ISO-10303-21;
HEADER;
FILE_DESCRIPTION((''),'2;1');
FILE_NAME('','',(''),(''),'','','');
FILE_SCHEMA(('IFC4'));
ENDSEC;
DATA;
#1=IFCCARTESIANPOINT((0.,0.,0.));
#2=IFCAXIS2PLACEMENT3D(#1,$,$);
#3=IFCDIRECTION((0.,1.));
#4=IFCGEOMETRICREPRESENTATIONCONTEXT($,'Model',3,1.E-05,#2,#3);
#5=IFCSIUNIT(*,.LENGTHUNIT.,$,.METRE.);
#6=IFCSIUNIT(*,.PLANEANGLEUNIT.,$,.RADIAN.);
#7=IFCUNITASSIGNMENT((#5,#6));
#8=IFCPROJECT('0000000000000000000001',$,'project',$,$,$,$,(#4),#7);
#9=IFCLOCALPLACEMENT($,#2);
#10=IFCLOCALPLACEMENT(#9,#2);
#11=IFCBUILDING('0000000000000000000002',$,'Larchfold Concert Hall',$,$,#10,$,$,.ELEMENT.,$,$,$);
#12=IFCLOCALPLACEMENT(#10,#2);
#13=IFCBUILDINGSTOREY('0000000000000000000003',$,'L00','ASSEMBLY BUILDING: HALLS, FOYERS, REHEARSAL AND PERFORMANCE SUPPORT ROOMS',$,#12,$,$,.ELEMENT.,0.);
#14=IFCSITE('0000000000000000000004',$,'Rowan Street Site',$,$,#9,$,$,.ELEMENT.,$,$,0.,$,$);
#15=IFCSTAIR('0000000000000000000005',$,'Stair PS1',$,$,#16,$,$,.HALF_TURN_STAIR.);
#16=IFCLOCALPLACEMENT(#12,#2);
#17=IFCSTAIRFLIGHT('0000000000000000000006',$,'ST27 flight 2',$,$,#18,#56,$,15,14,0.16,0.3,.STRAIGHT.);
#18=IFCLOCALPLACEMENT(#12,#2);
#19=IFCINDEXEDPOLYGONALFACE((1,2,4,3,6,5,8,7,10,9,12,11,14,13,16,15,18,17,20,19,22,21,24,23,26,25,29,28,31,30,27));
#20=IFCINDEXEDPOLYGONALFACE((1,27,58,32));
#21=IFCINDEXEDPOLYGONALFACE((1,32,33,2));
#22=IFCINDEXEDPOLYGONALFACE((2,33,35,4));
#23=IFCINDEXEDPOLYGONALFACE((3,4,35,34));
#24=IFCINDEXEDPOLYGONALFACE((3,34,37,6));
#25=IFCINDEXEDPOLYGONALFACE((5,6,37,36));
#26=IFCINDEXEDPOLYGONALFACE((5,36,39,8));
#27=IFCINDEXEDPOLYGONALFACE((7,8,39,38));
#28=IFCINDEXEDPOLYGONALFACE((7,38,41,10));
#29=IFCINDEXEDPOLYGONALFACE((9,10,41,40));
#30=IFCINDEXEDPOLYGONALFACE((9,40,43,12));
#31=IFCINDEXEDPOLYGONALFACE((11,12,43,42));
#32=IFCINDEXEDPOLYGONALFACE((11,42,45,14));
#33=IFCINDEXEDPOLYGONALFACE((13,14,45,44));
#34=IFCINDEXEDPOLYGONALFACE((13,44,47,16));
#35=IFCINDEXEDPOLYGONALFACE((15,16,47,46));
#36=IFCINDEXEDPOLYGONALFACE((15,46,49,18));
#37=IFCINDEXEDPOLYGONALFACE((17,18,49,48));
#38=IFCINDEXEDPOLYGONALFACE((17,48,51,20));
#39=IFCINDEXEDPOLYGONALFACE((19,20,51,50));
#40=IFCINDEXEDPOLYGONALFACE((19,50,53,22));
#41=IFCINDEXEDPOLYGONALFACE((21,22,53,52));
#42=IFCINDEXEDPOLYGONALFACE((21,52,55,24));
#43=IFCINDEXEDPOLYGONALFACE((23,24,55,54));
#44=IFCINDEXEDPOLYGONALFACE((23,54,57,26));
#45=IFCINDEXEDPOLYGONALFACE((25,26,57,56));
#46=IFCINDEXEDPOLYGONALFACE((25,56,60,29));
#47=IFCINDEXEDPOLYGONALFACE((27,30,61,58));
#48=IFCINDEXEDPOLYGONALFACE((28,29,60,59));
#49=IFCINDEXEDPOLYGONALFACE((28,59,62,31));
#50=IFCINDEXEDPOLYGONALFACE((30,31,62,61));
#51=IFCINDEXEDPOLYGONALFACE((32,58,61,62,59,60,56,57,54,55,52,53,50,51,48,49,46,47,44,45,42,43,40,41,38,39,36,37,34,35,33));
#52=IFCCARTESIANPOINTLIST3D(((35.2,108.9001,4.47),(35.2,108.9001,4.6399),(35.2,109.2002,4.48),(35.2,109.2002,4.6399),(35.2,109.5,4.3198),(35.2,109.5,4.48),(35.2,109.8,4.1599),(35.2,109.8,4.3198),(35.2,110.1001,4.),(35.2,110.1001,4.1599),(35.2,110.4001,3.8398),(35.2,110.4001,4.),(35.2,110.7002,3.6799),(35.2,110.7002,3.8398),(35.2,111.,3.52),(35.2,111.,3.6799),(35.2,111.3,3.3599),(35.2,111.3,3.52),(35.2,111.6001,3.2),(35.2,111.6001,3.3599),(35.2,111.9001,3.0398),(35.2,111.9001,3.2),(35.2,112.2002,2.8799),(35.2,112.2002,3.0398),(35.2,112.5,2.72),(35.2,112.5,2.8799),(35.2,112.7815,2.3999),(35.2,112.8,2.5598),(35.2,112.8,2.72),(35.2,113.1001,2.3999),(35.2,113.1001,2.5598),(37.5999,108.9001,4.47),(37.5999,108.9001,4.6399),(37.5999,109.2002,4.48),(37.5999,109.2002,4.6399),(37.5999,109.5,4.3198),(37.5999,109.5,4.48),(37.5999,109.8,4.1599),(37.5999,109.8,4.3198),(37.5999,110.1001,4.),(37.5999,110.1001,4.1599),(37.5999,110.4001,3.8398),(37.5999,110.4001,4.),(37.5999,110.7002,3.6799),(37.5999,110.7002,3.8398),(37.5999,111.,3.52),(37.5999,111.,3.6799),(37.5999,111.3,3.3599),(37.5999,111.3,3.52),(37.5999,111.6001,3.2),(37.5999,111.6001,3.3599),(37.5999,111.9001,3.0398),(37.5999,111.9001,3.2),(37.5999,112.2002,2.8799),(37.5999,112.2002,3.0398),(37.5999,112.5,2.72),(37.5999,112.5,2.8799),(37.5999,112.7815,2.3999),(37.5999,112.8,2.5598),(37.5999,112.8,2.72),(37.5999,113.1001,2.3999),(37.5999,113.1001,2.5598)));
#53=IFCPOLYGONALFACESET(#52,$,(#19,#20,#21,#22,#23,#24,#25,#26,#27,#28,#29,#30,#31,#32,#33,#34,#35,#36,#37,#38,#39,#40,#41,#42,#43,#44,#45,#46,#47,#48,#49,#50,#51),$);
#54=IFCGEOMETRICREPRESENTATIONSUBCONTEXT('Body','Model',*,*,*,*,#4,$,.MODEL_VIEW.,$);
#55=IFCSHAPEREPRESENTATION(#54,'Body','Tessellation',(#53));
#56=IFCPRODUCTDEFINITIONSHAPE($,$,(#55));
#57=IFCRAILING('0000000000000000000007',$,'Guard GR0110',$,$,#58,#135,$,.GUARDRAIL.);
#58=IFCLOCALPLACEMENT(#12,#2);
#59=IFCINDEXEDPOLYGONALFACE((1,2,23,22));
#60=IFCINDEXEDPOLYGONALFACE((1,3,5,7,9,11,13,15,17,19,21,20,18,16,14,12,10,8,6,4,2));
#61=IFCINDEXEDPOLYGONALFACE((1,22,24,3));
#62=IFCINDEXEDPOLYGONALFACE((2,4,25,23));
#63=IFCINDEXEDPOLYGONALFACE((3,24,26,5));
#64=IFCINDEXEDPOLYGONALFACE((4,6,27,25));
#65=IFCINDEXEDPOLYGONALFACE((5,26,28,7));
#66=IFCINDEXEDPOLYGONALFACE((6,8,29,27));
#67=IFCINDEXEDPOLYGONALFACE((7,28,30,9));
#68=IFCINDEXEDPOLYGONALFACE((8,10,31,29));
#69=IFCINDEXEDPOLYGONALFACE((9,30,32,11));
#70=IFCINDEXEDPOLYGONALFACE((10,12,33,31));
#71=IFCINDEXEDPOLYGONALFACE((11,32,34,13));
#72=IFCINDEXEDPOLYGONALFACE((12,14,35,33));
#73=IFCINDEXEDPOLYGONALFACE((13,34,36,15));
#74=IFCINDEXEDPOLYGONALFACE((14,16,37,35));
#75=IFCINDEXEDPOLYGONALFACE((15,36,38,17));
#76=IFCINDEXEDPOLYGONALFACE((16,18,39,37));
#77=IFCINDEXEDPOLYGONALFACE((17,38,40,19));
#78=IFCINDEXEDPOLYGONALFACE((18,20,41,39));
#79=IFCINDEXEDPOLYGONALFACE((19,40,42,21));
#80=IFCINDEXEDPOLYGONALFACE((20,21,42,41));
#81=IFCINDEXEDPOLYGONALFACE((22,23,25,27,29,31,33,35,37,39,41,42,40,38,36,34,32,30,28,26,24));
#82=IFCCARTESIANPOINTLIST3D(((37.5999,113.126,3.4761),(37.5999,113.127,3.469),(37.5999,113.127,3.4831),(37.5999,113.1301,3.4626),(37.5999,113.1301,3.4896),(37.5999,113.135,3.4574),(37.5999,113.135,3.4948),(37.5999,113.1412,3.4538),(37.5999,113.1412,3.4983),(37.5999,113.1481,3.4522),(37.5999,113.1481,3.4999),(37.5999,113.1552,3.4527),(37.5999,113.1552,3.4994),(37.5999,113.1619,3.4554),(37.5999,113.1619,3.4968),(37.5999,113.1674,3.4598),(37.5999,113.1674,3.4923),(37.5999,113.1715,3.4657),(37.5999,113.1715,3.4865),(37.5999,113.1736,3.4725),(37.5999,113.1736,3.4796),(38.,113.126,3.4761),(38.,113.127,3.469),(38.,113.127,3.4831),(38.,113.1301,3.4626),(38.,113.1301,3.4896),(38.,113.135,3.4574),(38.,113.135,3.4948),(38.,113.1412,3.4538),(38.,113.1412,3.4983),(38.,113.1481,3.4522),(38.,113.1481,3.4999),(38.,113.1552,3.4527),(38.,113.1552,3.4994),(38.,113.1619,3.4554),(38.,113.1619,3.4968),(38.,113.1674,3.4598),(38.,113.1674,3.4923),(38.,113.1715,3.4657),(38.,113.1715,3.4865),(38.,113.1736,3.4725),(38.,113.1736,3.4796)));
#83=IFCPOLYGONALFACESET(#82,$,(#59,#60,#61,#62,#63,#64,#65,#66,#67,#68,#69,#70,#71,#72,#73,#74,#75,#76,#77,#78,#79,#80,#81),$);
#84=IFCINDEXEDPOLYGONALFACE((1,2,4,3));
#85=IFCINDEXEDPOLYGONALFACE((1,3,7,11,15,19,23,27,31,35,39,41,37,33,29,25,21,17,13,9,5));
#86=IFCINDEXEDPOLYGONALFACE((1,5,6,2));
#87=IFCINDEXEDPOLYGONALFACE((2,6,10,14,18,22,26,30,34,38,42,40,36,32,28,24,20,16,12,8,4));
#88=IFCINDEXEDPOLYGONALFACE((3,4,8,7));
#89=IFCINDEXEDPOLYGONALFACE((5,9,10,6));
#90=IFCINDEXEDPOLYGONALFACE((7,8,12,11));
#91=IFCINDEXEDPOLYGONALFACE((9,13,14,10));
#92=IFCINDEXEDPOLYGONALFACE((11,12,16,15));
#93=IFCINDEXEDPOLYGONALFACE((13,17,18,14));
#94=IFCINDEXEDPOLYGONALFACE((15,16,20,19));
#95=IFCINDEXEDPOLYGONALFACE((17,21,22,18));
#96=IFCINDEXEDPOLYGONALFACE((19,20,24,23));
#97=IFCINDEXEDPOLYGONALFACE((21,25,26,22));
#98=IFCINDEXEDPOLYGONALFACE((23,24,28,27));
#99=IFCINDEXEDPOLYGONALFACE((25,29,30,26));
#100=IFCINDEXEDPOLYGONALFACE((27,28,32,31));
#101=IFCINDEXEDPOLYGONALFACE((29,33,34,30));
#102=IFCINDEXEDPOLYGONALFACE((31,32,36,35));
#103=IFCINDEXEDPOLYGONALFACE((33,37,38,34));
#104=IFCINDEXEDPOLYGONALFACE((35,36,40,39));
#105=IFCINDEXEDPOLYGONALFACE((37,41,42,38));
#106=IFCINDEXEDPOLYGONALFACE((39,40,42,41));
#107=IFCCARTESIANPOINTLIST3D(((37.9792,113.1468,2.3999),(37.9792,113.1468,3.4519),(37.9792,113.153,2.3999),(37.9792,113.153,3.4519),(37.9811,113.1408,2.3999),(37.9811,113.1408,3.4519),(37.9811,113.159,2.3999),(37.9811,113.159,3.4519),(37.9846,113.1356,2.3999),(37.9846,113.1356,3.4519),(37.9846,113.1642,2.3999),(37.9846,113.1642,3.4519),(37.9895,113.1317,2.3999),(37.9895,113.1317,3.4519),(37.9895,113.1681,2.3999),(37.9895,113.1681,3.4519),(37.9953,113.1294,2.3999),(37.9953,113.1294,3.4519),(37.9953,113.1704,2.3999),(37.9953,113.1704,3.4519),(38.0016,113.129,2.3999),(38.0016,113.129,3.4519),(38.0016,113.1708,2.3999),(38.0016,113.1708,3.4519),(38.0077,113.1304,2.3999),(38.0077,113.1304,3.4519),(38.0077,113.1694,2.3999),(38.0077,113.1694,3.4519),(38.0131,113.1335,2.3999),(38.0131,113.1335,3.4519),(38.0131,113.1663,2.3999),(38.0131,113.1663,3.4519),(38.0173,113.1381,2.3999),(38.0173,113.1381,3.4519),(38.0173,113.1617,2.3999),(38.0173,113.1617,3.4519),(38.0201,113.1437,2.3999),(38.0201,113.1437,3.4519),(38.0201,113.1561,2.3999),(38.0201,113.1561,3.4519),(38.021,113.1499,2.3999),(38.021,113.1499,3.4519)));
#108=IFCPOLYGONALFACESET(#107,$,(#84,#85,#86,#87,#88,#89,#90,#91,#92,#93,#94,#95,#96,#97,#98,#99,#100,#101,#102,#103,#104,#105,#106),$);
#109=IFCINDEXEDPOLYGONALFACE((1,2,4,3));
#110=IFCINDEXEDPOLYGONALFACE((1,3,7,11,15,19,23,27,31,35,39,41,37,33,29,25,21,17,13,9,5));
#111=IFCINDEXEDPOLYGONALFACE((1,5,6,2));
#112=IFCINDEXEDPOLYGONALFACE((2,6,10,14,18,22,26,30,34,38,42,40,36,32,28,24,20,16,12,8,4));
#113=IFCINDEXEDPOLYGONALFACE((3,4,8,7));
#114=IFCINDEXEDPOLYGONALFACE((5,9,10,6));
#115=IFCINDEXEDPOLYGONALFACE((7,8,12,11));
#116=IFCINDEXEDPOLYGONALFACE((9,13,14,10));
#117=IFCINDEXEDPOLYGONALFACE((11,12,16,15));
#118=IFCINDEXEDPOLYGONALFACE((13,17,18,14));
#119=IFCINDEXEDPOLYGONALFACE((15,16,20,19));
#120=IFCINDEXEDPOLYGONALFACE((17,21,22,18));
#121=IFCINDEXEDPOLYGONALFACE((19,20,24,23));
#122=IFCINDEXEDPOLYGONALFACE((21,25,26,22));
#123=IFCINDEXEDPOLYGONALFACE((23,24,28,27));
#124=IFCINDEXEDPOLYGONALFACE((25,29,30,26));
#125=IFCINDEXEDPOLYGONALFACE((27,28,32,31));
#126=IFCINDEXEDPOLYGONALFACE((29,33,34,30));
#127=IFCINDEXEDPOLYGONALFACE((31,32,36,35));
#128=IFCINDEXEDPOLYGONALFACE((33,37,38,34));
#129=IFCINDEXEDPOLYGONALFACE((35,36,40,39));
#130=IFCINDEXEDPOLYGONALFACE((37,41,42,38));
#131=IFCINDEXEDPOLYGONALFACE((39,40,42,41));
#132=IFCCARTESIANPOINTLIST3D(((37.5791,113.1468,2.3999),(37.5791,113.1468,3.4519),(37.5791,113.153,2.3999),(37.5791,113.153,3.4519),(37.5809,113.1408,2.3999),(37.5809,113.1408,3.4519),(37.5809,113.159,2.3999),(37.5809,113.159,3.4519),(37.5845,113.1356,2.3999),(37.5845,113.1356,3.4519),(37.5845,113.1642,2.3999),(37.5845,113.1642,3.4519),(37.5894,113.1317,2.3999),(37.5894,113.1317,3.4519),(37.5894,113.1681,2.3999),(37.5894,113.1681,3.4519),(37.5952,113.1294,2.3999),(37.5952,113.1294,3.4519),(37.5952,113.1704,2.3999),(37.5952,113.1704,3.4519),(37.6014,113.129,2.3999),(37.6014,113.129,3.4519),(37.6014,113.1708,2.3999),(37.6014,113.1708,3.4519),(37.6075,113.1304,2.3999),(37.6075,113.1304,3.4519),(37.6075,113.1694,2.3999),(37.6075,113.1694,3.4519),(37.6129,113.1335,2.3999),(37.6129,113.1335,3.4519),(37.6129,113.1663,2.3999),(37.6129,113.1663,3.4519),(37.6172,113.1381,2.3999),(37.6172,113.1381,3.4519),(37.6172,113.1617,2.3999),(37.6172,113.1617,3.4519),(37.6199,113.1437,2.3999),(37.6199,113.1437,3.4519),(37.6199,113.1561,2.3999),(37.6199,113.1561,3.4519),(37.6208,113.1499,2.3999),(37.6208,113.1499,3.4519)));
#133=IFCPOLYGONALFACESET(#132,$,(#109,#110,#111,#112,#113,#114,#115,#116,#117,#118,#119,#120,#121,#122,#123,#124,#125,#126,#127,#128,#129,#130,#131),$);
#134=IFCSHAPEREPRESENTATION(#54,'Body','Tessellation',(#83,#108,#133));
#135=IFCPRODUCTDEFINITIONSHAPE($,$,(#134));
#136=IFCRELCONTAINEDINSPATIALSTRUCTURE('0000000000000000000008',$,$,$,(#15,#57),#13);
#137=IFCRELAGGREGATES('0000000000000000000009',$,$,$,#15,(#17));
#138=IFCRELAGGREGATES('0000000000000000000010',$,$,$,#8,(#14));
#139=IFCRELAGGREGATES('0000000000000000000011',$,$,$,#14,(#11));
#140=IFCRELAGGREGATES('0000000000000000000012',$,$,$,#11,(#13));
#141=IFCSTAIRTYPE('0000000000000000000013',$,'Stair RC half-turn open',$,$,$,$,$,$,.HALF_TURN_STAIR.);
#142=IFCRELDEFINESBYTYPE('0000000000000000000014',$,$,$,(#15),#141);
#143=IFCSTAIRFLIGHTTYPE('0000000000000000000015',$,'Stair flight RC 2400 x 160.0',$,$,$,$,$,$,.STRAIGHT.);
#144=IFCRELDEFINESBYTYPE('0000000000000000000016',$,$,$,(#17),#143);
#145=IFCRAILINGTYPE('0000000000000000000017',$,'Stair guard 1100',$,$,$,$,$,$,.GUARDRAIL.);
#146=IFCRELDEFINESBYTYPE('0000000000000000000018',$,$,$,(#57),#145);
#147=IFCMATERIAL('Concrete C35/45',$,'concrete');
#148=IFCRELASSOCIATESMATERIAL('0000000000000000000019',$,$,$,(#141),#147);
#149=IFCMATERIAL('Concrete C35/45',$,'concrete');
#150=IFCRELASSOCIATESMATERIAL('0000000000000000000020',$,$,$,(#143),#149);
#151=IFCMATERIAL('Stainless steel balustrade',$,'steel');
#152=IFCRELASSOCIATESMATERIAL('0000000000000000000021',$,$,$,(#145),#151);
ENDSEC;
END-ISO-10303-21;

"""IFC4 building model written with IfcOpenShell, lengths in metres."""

from ifc_helpers import new_model, si_unit, direction, frame, origin, origin_2d, place, context, subcontext, project, spatial, polyline, circle, outline, extrude, material, type_object, element, aggregate, save


model = new_model("IFC4")

# Units and contexts
model_context = context("Model", 3, precision=1e-05, world=origin(), true_north=direction((0.0, 1.0)))
body_context = subcontext(model_context, "Body", "Model", "MODEL_VIEW")
ifc_project = project(units=[si_unit("LENGTHUNIT", "METRE"), si_unit("PLANEANGLEUNIT", "RADIAN")], contexts=[model_context])

# Site, building, storey
site_placement = place(None, origin())
site = spatial("IfcSite", under=ifc_project, at=site_placement, Name="Rowan Street Site", CompositionType="ELEMENT", RefElevation=0.0)
building_placement = place(site_placement, origin())
building = spatial("IfcBuilding", under=site, at=building_placement, Name="Larchfold Concert Hall", CompositionType="ELEMENT")
storey_placement = place(building_placement, origin())
storey = spatial("IfcBuildingStorey", under=building, at=storey_placement, Name="L00", Description="ASSEMBLY BUILDING: HALLS, FOYERS, REHEARSAL AND PERFORMANCE SUPPORT ROOMS", CompositionType="ELEMENT", Elevation=0.0)

# Stair, stair flight
ifc_material_1 = material(Name="Concrete C35/45", Category="concrete")
stair_type = type_object("IfcStairType", Name="Stair RC half-turn open", PredefinedType="HALF_TURN_STAIR", material=ifc_material_1)
stair_placement = place(storey_placement, origin())
stair = element("IfcStair", 1, at=stair_placement, inside=storey, type_object=stair_type, Name="Stair PS1", PredefinedType="HALF_TURN_STAIR")
ifc_material_2 = material(Name="Concrete C35/45", Category="concrete")
stair_flight_type = type_object("IfcStairFlightType", Name="Stair flight RC 2400 x 160.0", PredefinedType="STRAIGHT", material=ifc_material_2)
stair_flight_placement = place(storey_placement, frame((36.3999, 113.1001, 2.3999), z_axis=(0.0, 0.0, 1.0), x_axis=(0.0, -1.0, 0.0)))
stair_flight = element("IfcStairFlight", 2, at=stair_flight_placement, type_object=stair_flight_type, Name="ST27 flight 2", NumberOfRisers=15, NumberOfTreads=14, PredefinedType="STRAIGHT", RiserHeight=0.16, TreadLength=0.3, context=body_context, shape_type="SweptSolid", body=[
    extrude(outline(polyline([(0.0, 0.0), (0.0, 0.1599), (0.3, 0.1599), (0.3, 0.3201), (0.6001, 0.3201), (0.6001, 0.48), (0.8999, 0.48), (0.8999, 0.6399), (1.2, 0.6399), (1.2, 0.8), (1.5, 0.8), (1.5, 0.96), (1.8, 0.96), (1.8, 1.1201), (2.1001, 1.1201), (2.1001, 1.28), (2.3999, 1.28), (2.3999, 1.4399), (2.7, 1.4399), (2.7, 1.6001), (3.0, 1.6001), (3.0, 1.76), (3.3, 1.76), (3.3, 1.9199), (3.6001, 1.9199), (3.6001, 2.0801), (3.8999, 2.0801), (3.8999, 2.24), (4.2, 2.24), (4.2, 2.3999), (4.2, 2.0701), (0.3186, 0.0), (0.0, 0.0)])), frame((0.0, 1.2, 0.0), z_axis=(0.0, -1.0, 0.0), x_axis=(1.0, 0.0, 0.0)), (0.0, 0.0, 1.0), 2.3999),
])
aggregate(stair, [stair_flight])

# Railing
ifc_material_3 = material(Name="Stainless steel balustrade", Category="steel")
railing_type_1 = type_object("IfcRailingType", Name="Stair guard 1100", PredefinedType="GUARDRAIL", material=ifc_material_3)
railing_1_placement = place(storey_placement, frame((38.0, 113.1499, 2.3999)))
element("IfcRailing", 3, at=railing_1_placement, inside=storey, type_object=railing_type_1, Name="Guard GR0110", PredefinedType="GUARDRAIL", context=body_context, shape_type="SweptSolid", body=[
    extrude(circle(Radius=0.0239, at=origin_2d()), frame((0.0, 0.0, 1.0762), z_axis=(-1.0, 0.0, 0.0), x_axis=(0.0, -1.0, 0.0)), (0.0, 0.0, 1.0), 0.4001),
    extrude(circle(Radius=0.021, at=origin_2d()), origin(), (0.0, 0.0, 1.0), 1.052),
    extrude(circle(Radius=0.021, at=origin_2d()), frame((-0.4001, 0.0, 0.0)), (0.0, 0.0, 1.0), 1.052),
])

save(model, "model.ifc")
